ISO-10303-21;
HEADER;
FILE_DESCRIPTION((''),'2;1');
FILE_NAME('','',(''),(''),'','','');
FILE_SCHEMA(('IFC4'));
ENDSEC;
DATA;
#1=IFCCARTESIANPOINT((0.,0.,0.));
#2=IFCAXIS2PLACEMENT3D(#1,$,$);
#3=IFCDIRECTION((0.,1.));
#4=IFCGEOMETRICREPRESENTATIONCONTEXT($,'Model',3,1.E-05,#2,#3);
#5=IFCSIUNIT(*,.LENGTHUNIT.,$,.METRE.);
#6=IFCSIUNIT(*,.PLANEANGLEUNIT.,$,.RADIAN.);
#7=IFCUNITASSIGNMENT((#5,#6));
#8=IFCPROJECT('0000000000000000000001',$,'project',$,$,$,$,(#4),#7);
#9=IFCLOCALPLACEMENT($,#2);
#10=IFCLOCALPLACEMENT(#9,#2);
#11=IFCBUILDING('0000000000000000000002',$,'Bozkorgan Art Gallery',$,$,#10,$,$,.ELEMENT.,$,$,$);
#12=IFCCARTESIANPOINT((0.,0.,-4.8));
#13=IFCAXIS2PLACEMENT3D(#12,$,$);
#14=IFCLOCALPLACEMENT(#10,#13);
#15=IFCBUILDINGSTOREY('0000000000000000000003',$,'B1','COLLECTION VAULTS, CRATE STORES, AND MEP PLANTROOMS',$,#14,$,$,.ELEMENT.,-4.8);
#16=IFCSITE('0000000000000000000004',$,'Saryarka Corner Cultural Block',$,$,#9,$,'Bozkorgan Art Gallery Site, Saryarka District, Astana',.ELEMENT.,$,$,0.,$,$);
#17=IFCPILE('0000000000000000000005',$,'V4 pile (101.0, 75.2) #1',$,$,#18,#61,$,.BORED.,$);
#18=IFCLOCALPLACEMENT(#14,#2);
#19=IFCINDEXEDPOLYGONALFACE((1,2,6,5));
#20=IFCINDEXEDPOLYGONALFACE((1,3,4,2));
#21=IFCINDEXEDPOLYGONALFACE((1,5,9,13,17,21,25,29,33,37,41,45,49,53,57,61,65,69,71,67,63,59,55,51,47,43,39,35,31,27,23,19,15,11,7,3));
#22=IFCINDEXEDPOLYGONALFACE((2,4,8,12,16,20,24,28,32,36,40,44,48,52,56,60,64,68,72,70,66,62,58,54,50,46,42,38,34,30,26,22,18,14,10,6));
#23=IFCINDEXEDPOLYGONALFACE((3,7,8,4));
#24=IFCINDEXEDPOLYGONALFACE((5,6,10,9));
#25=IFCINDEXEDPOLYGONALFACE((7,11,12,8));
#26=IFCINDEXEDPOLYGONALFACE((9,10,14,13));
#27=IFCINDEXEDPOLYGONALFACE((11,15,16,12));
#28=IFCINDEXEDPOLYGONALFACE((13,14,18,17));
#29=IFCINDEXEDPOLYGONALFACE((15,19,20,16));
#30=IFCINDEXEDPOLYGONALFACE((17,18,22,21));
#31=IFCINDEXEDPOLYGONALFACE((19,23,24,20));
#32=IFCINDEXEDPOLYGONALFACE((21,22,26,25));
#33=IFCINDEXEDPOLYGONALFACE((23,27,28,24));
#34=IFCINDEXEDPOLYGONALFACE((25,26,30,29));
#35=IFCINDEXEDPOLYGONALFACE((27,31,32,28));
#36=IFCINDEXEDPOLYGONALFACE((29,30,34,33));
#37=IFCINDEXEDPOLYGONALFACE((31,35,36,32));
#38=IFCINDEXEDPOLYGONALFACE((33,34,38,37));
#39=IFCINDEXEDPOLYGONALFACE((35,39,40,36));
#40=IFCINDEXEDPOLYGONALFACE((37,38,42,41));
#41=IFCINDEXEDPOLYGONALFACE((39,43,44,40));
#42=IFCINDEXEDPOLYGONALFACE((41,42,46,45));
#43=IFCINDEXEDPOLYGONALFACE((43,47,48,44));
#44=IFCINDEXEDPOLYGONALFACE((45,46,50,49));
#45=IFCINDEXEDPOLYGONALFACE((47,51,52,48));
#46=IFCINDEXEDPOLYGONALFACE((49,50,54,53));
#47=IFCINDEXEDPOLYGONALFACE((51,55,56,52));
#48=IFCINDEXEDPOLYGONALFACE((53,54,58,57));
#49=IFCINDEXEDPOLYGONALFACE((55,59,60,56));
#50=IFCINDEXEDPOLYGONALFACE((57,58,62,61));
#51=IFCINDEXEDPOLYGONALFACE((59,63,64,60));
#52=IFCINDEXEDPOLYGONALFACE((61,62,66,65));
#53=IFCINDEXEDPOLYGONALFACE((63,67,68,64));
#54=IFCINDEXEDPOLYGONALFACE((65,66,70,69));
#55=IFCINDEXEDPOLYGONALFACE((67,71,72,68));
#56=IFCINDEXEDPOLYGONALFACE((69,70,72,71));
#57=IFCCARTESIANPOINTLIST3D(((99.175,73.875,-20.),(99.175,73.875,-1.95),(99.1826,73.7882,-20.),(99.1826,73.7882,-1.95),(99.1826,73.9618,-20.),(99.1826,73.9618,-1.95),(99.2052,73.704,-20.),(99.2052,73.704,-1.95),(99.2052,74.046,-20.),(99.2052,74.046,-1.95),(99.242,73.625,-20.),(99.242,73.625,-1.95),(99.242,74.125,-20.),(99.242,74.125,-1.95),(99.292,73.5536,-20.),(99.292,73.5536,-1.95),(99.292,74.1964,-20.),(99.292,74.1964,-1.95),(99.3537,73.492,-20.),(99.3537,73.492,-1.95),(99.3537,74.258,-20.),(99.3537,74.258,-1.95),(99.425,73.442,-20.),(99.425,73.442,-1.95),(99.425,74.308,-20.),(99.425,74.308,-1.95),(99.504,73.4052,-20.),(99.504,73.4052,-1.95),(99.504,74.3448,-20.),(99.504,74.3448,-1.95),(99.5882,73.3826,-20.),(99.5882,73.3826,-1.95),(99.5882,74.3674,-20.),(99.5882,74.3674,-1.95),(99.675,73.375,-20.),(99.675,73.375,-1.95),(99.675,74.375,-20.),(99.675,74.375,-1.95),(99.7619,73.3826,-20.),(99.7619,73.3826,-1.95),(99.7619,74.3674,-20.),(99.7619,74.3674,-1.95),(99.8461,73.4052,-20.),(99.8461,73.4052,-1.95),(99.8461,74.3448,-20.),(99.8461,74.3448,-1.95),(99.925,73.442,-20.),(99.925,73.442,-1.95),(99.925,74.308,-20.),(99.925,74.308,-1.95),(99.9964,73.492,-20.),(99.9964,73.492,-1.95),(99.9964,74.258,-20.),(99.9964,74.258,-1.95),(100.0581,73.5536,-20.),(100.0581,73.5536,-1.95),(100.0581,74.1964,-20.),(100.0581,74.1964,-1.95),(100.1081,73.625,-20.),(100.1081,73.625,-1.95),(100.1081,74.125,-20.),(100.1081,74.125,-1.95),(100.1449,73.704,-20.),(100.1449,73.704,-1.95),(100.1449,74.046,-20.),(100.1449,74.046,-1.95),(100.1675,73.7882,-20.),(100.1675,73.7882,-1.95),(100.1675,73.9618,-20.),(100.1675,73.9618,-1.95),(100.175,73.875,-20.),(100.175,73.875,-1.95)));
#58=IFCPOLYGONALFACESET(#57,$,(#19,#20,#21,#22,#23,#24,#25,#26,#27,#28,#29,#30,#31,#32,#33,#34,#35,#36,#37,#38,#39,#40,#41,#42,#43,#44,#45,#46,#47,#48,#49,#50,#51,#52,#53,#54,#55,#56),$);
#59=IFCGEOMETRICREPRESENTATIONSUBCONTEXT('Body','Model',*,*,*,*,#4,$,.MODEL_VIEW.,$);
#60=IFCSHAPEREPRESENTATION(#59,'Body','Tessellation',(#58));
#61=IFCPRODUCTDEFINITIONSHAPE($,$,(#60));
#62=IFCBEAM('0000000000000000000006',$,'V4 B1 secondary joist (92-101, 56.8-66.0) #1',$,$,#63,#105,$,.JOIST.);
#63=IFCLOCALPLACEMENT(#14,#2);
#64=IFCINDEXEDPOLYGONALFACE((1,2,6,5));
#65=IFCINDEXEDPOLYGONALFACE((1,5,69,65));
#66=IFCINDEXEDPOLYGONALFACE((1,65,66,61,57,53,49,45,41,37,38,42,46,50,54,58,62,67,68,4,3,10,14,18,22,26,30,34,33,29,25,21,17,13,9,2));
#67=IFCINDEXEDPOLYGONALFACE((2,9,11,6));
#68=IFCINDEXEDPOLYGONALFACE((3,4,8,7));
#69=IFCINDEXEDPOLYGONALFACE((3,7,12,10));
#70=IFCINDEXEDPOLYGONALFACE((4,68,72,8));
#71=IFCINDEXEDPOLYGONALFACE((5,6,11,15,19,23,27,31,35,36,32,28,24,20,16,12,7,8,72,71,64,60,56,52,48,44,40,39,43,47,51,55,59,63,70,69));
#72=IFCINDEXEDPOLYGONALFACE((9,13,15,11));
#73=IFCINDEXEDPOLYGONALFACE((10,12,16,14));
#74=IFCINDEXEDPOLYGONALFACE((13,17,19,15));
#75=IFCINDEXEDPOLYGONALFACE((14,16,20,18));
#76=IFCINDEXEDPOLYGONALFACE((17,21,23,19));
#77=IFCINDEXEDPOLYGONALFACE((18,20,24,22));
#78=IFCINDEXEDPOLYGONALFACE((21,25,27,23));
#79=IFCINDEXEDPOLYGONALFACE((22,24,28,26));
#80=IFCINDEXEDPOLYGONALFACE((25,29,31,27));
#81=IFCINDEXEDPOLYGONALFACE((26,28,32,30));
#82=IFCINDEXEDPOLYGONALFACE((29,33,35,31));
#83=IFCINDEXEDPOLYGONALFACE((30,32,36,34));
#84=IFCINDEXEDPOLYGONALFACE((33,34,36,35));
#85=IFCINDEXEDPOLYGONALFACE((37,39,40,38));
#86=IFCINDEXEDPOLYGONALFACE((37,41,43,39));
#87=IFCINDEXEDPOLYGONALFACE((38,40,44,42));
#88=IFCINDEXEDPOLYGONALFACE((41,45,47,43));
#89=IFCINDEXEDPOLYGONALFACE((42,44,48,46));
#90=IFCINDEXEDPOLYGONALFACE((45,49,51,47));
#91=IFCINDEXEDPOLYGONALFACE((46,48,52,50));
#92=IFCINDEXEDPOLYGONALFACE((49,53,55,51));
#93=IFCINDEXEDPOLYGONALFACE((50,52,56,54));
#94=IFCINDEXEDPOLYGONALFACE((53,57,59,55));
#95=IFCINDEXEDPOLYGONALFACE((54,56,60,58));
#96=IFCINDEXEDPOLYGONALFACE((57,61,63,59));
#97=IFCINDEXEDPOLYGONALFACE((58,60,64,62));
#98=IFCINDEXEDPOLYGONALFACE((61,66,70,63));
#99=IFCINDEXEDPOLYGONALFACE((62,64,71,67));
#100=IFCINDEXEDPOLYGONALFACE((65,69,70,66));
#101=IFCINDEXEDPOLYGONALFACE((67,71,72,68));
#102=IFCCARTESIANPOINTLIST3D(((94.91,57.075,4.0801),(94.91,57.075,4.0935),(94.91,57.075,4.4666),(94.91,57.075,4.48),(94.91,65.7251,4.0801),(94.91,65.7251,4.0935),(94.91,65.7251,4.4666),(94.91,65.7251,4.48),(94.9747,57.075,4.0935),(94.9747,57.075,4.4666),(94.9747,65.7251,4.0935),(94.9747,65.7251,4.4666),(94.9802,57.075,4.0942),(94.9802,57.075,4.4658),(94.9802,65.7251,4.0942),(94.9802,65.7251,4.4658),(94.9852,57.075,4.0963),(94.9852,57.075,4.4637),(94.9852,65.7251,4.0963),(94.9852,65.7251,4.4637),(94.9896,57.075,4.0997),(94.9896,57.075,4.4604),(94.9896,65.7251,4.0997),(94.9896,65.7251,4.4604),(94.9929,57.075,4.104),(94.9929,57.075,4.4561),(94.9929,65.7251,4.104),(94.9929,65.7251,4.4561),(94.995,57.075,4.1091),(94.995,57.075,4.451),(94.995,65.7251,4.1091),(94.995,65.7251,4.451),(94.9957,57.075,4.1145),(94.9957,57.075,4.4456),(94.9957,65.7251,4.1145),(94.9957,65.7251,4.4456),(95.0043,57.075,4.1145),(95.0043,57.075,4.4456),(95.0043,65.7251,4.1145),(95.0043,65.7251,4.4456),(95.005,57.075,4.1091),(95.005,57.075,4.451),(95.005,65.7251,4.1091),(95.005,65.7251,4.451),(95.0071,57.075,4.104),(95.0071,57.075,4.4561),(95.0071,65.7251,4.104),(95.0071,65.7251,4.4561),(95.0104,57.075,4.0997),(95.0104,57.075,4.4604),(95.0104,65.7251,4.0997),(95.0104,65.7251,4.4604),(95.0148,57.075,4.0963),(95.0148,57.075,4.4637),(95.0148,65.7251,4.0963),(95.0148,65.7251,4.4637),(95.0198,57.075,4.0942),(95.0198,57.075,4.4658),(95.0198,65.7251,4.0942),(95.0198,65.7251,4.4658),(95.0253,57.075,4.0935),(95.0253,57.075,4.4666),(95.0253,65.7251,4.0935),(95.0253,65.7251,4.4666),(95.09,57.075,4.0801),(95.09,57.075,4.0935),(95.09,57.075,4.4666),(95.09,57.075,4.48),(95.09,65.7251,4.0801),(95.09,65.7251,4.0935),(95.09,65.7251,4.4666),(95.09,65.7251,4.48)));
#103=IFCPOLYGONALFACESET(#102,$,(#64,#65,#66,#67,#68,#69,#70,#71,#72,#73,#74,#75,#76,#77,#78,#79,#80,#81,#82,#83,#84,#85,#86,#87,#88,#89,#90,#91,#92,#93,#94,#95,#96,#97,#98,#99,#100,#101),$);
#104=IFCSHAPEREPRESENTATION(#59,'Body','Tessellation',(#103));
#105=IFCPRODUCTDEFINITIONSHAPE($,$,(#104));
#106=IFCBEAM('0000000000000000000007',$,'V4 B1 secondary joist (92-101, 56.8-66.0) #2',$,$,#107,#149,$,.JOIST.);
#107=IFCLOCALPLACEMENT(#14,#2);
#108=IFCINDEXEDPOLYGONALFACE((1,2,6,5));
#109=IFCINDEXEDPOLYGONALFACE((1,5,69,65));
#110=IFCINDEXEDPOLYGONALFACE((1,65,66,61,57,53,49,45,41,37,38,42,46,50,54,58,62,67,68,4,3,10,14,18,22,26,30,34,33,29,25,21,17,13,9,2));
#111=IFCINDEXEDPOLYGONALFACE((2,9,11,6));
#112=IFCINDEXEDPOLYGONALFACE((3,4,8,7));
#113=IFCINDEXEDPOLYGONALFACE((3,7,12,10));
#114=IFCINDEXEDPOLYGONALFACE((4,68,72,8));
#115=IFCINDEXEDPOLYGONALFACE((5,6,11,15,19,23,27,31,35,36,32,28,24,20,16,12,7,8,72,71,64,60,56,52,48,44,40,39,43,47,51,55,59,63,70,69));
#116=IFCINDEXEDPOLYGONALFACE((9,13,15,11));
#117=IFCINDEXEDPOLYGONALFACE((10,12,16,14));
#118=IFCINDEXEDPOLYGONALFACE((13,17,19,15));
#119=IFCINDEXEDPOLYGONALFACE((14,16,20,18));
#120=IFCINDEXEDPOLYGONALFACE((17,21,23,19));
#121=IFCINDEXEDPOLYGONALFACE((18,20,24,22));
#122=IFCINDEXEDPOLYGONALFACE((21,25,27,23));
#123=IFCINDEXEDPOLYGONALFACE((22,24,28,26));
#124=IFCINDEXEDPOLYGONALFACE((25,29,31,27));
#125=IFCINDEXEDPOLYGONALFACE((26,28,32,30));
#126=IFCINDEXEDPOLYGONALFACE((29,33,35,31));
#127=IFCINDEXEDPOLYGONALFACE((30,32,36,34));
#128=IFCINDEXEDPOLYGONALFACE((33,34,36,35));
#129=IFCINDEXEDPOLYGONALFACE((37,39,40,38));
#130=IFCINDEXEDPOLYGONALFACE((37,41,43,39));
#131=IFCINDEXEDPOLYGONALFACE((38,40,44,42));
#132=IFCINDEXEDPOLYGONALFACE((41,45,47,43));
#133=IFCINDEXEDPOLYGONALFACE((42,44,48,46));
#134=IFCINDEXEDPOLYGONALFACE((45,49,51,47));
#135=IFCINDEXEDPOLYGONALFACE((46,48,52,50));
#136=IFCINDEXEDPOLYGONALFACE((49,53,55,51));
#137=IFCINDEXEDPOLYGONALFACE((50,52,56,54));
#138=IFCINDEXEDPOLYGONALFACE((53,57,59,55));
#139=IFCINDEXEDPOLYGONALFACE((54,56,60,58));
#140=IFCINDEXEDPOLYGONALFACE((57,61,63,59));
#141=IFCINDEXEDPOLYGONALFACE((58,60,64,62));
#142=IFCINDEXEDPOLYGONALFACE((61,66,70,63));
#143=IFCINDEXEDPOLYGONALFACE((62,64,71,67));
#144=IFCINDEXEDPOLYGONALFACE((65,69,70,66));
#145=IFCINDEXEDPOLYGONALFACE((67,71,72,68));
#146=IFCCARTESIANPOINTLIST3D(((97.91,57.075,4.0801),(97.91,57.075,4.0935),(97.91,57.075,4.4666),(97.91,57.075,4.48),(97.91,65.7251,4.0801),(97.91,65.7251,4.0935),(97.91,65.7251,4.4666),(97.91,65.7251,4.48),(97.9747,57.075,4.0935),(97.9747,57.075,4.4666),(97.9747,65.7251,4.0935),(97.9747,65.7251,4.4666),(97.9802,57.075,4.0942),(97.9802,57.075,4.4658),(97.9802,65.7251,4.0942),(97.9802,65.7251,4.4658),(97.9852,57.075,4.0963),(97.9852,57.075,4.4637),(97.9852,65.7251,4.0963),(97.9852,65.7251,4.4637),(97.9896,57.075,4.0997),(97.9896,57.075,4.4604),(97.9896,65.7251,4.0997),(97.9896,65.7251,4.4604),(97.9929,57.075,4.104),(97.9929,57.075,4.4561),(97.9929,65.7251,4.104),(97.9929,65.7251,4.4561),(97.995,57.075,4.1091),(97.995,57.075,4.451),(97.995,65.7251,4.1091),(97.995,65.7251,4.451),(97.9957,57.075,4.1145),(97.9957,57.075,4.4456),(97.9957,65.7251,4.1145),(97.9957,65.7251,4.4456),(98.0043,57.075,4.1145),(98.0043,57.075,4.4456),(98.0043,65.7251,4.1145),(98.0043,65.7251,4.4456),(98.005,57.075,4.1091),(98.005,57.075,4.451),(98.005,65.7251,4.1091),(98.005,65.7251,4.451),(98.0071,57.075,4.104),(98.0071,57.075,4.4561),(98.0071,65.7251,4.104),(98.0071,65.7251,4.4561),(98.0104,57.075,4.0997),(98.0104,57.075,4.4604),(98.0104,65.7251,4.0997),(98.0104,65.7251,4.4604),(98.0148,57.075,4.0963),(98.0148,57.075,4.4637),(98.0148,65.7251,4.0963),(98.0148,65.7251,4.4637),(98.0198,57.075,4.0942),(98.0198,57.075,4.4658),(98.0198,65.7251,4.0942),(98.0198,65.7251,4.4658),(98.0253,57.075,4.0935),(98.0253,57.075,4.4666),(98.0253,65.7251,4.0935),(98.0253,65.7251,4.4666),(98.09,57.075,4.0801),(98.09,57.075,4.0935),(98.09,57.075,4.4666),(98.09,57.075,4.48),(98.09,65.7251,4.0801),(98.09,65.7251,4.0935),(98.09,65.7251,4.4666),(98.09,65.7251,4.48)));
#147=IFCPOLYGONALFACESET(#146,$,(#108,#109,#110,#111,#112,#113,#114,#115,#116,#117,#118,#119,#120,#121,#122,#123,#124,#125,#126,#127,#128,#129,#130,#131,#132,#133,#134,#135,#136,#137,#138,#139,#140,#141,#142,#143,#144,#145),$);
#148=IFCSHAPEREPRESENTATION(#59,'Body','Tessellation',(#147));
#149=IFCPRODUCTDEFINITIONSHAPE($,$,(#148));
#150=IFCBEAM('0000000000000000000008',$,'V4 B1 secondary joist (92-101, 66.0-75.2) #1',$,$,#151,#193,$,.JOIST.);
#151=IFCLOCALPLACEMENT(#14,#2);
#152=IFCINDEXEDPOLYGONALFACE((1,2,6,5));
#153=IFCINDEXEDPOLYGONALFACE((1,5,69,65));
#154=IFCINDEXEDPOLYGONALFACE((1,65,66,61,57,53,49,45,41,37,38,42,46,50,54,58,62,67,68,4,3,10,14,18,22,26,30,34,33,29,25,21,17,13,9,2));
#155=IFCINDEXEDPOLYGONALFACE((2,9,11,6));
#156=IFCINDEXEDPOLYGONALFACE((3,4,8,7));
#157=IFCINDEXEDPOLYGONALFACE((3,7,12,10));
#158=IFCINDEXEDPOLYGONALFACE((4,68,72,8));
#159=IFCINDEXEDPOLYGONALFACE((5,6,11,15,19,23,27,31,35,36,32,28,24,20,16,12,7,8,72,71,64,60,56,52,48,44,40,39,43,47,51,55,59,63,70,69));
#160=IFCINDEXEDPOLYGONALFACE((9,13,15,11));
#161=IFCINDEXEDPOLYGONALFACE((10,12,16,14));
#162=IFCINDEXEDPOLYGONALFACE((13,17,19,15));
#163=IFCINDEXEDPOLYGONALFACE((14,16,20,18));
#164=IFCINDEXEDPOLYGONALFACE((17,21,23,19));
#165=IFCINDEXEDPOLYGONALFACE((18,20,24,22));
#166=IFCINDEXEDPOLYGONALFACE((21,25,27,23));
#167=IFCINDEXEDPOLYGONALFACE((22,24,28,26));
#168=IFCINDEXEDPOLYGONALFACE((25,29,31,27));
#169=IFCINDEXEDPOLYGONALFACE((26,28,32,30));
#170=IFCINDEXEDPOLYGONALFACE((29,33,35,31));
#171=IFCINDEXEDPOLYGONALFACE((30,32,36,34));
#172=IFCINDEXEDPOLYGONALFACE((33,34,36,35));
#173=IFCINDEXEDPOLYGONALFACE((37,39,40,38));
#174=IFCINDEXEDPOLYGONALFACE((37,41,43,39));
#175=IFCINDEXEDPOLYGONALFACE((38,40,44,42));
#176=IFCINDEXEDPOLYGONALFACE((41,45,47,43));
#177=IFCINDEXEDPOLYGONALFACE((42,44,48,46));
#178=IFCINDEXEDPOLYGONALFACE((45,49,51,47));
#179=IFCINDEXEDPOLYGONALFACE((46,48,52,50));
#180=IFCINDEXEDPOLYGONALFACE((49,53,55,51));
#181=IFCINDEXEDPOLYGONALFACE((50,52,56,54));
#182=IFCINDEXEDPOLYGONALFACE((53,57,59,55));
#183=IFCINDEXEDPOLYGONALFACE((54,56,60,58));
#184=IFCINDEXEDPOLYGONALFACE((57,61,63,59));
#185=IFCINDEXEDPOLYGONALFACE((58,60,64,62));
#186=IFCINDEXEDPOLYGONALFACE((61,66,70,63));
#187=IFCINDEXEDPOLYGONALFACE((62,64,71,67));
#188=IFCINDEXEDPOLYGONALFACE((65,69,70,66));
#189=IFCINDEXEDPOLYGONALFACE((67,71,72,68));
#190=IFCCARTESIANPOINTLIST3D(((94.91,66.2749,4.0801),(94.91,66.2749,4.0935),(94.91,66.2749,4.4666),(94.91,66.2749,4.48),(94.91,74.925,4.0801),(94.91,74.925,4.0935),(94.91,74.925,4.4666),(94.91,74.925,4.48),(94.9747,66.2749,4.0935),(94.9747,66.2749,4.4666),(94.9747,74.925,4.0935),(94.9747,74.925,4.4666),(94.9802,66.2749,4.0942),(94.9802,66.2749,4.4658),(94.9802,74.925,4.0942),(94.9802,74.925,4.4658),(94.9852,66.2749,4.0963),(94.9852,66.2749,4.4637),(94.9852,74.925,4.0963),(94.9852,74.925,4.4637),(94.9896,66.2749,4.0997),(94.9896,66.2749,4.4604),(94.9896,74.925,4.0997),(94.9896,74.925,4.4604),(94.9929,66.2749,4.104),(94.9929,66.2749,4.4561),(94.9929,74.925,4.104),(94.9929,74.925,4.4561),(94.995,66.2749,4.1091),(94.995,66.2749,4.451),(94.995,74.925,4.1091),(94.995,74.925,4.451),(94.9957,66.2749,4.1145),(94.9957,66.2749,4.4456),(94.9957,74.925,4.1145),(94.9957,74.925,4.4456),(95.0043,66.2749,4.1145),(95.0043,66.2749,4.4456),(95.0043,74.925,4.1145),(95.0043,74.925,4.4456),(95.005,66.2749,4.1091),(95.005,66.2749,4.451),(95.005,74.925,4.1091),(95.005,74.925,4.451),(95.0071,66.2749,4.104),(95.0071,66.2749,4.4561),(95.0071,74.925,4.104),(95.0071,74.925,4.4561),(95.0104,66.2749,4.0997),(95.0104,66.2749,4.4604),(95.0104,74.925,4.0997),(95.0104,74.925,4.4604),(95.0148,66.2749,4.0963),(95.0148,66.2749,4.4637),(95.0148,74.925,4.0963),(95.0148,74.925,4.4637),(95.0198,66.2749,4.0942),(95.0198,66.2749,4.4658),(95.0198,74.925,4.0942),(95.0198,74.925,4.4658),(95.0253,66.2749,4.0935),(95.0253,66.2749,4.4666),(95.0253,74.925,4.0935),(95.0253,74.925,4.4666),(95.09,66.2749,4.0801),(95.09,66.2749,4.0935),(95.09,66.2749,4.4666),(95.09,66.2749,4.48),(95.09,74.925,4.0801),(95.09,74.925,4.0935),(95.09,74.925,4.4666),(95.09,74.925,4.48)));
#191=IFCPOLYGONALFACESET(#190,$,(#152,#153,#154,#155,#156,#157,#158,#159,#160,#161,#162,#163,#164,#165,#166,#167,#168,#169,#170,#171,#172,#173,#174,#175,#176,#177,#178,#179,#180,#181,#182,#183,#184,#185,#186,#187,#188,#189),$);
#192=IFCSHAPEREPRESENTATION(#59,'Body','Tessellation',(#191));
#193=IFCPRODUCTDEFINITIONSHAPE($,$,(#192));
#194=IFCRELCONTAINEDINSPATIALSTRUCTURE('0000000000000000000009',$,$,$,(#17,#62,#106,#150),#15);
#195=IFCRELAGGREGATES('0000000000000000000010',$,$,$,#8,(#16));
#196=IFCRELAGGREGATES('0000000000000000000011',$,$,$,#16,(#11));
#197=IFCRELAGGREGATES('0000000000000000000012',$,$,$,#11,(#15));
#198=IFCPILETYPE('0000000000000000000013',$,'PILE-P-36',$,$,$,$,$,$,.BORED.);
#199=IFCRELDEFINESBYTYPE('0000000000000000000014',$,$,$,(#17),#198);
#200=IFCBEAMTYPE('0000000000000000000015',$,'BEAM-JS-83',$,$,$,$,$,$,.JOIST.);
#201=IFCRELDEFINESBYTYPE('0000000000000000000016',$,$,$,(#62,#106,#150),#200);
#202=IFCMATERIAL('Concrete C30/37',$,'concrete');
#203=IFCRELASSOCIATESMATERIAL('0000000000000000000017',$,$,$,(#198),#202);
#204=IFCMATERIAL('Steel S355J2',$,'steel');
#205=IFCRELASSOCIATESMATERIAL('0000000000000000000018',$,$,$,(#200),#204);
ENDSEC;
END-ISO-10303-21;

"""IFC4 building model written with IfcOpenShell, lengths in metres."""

from ifc_helpers import new_model, si_unit, direction, frame, origin, origin_2d, place, context, subcontext, project, spatial, circle, i_section, extrude, material, material_profile, profile_set, type_object, element, save


model = new_model("IFC4")

# Units and contexts
model_context = context("Model", 3, precision=1e-05, world=origin(), true_north=direction((0.0, 1.0)))
body_context = subcontext(model_context, "Body", "Model", "MODEL_VIEW")
ifc_project = project(units=[si_unit("LENGTHUNIT", "METRE"), si_unit("PLANEANGLEUNIT", "RADIAN")], contexts=[model_context])

# Site, building, storey
site_placement = place(None, origin())
site = spatial("IfcSite", under=ifc_project, at=site_placement, Name="Saryarka Corner Cultural Block", LongName="Bozkorgan Art Gallery Site, Saryarka District, Astana", CompositionType="ELEMENT", RefElevation=0.0)
building_placement = place(site_placement, origin())
building = spatial("IfcBuilding", under=site, at=building_placement, Name="Bozkorgan Art Gallery", CompositionType="ELEMENT")
storey_placement = place(building_placement, frame((0.0, 0.0, -4.8)))
storey = spatial("IfcBuildingStorey", under=building, at=storey_placement, Name="B1", Description="COLLECTION VAULTS, CRATE STORES, AND MEP PLANTROOMS", CompositionType="ELEMENT", Elevation=-4.8)

# Shared definitions
ifc_material_1 = material(Name="Concrete C30/37", Category="concrete")

# Pile
ifc_material_profile_1 = material_profile(ifc_material_1, circle(Radius=0.5, at=origin_2d()), Name="PILE D1000")
ifc_profile_set_1 = profile_set([ifc_material_profile_1], Name="Concrete C30/37")
pile_type = type_object("IfcPileType", Name="PILE-P-36", PredefinedType="BORED", material=ifc_profile_set_1)
for number, where, z_axis, x_axis, name in (
    (1, (99.675, 73.875, -1.95), (0.0, 0.0, -1.0), (1.0, 0.0, 0.0), "V4 pile (101.0, 75.2) #1"),
):
    element("IfcPile", number, at=place(storey_placement, frame(where, z_axis=z_axis, x_axis=x_axis)), inside=storey, type_object=pile_type, Name=name, PredefinedType="BORED", context=body_context, shape_type="SweptSolid", body=[
        extrude(circle(Radius=0.5, at=origin_2d()), origin(), (0.0, 0.0, 1.0), 18.05),
    ])

# Beams
ifc_material_2 = material(Name="Steel S355J2", Category="steel")
ifc_material_profile_2 = material_profile(ifc_material_2, i_section(OverallWidth=0.1799, OverallDepth=0.3999, WebThickness=0.0085, FlangeThickness=0.0134, FilletRadius=0.021, at=origin_2d()), Name="IPE 400")
ifc_profile_set_2 = profile_set([ifc_material_profile_2], Name="Steel S355J2")
beam_type = type_object("IfcBeamType", Name="BEAM-JS-83", PredefinedType="JOIST", material=ifc_profile_set_2)
for number, where, z_axis, x_axis, name in (
    (2, (95.0, 57.075, 4.28), (0.0, 1.0, 0.0), (-1.0, 0.0, 0.0), "V4 B1 secondary joist (92-101, 56.8-66.0) #1"),
    (3, (98.0, 57.075, 4.28), (0.0, 1.0, 0.0), (-1.0, 0.0, 0.0), "V4 B1 secondary joist (92-101, 56.8-66.0) #2"),
    (4, (95.0, 66.2749, 4.28), (0.0, 1.0, 0.0), (-1.0, 0.0, 0.0), "V4 B1 secondary joist (92-101, 66.0-75.2) #1"),
):
    element("IfcBeam", number, at=place(storey_placement, frame(where, z_axis=z_axis, x_axis=x_axis)), inside=storey, type_object=beam_type, Name=name, PredefinedType="JOIST", context=body_context, shape_type="SweptSolid", body=[
        extrude(i_section(OverallWidth=0.1799, OverallDepth=0.3999, WebThickness=0.0085, FlangeThickness=0.0134, FilletRadius=0.021, at=origin_2d()), origin(), (0.0, 0.0, 1.0), 8.6501),
    ])

save(model, "model.ifc")
